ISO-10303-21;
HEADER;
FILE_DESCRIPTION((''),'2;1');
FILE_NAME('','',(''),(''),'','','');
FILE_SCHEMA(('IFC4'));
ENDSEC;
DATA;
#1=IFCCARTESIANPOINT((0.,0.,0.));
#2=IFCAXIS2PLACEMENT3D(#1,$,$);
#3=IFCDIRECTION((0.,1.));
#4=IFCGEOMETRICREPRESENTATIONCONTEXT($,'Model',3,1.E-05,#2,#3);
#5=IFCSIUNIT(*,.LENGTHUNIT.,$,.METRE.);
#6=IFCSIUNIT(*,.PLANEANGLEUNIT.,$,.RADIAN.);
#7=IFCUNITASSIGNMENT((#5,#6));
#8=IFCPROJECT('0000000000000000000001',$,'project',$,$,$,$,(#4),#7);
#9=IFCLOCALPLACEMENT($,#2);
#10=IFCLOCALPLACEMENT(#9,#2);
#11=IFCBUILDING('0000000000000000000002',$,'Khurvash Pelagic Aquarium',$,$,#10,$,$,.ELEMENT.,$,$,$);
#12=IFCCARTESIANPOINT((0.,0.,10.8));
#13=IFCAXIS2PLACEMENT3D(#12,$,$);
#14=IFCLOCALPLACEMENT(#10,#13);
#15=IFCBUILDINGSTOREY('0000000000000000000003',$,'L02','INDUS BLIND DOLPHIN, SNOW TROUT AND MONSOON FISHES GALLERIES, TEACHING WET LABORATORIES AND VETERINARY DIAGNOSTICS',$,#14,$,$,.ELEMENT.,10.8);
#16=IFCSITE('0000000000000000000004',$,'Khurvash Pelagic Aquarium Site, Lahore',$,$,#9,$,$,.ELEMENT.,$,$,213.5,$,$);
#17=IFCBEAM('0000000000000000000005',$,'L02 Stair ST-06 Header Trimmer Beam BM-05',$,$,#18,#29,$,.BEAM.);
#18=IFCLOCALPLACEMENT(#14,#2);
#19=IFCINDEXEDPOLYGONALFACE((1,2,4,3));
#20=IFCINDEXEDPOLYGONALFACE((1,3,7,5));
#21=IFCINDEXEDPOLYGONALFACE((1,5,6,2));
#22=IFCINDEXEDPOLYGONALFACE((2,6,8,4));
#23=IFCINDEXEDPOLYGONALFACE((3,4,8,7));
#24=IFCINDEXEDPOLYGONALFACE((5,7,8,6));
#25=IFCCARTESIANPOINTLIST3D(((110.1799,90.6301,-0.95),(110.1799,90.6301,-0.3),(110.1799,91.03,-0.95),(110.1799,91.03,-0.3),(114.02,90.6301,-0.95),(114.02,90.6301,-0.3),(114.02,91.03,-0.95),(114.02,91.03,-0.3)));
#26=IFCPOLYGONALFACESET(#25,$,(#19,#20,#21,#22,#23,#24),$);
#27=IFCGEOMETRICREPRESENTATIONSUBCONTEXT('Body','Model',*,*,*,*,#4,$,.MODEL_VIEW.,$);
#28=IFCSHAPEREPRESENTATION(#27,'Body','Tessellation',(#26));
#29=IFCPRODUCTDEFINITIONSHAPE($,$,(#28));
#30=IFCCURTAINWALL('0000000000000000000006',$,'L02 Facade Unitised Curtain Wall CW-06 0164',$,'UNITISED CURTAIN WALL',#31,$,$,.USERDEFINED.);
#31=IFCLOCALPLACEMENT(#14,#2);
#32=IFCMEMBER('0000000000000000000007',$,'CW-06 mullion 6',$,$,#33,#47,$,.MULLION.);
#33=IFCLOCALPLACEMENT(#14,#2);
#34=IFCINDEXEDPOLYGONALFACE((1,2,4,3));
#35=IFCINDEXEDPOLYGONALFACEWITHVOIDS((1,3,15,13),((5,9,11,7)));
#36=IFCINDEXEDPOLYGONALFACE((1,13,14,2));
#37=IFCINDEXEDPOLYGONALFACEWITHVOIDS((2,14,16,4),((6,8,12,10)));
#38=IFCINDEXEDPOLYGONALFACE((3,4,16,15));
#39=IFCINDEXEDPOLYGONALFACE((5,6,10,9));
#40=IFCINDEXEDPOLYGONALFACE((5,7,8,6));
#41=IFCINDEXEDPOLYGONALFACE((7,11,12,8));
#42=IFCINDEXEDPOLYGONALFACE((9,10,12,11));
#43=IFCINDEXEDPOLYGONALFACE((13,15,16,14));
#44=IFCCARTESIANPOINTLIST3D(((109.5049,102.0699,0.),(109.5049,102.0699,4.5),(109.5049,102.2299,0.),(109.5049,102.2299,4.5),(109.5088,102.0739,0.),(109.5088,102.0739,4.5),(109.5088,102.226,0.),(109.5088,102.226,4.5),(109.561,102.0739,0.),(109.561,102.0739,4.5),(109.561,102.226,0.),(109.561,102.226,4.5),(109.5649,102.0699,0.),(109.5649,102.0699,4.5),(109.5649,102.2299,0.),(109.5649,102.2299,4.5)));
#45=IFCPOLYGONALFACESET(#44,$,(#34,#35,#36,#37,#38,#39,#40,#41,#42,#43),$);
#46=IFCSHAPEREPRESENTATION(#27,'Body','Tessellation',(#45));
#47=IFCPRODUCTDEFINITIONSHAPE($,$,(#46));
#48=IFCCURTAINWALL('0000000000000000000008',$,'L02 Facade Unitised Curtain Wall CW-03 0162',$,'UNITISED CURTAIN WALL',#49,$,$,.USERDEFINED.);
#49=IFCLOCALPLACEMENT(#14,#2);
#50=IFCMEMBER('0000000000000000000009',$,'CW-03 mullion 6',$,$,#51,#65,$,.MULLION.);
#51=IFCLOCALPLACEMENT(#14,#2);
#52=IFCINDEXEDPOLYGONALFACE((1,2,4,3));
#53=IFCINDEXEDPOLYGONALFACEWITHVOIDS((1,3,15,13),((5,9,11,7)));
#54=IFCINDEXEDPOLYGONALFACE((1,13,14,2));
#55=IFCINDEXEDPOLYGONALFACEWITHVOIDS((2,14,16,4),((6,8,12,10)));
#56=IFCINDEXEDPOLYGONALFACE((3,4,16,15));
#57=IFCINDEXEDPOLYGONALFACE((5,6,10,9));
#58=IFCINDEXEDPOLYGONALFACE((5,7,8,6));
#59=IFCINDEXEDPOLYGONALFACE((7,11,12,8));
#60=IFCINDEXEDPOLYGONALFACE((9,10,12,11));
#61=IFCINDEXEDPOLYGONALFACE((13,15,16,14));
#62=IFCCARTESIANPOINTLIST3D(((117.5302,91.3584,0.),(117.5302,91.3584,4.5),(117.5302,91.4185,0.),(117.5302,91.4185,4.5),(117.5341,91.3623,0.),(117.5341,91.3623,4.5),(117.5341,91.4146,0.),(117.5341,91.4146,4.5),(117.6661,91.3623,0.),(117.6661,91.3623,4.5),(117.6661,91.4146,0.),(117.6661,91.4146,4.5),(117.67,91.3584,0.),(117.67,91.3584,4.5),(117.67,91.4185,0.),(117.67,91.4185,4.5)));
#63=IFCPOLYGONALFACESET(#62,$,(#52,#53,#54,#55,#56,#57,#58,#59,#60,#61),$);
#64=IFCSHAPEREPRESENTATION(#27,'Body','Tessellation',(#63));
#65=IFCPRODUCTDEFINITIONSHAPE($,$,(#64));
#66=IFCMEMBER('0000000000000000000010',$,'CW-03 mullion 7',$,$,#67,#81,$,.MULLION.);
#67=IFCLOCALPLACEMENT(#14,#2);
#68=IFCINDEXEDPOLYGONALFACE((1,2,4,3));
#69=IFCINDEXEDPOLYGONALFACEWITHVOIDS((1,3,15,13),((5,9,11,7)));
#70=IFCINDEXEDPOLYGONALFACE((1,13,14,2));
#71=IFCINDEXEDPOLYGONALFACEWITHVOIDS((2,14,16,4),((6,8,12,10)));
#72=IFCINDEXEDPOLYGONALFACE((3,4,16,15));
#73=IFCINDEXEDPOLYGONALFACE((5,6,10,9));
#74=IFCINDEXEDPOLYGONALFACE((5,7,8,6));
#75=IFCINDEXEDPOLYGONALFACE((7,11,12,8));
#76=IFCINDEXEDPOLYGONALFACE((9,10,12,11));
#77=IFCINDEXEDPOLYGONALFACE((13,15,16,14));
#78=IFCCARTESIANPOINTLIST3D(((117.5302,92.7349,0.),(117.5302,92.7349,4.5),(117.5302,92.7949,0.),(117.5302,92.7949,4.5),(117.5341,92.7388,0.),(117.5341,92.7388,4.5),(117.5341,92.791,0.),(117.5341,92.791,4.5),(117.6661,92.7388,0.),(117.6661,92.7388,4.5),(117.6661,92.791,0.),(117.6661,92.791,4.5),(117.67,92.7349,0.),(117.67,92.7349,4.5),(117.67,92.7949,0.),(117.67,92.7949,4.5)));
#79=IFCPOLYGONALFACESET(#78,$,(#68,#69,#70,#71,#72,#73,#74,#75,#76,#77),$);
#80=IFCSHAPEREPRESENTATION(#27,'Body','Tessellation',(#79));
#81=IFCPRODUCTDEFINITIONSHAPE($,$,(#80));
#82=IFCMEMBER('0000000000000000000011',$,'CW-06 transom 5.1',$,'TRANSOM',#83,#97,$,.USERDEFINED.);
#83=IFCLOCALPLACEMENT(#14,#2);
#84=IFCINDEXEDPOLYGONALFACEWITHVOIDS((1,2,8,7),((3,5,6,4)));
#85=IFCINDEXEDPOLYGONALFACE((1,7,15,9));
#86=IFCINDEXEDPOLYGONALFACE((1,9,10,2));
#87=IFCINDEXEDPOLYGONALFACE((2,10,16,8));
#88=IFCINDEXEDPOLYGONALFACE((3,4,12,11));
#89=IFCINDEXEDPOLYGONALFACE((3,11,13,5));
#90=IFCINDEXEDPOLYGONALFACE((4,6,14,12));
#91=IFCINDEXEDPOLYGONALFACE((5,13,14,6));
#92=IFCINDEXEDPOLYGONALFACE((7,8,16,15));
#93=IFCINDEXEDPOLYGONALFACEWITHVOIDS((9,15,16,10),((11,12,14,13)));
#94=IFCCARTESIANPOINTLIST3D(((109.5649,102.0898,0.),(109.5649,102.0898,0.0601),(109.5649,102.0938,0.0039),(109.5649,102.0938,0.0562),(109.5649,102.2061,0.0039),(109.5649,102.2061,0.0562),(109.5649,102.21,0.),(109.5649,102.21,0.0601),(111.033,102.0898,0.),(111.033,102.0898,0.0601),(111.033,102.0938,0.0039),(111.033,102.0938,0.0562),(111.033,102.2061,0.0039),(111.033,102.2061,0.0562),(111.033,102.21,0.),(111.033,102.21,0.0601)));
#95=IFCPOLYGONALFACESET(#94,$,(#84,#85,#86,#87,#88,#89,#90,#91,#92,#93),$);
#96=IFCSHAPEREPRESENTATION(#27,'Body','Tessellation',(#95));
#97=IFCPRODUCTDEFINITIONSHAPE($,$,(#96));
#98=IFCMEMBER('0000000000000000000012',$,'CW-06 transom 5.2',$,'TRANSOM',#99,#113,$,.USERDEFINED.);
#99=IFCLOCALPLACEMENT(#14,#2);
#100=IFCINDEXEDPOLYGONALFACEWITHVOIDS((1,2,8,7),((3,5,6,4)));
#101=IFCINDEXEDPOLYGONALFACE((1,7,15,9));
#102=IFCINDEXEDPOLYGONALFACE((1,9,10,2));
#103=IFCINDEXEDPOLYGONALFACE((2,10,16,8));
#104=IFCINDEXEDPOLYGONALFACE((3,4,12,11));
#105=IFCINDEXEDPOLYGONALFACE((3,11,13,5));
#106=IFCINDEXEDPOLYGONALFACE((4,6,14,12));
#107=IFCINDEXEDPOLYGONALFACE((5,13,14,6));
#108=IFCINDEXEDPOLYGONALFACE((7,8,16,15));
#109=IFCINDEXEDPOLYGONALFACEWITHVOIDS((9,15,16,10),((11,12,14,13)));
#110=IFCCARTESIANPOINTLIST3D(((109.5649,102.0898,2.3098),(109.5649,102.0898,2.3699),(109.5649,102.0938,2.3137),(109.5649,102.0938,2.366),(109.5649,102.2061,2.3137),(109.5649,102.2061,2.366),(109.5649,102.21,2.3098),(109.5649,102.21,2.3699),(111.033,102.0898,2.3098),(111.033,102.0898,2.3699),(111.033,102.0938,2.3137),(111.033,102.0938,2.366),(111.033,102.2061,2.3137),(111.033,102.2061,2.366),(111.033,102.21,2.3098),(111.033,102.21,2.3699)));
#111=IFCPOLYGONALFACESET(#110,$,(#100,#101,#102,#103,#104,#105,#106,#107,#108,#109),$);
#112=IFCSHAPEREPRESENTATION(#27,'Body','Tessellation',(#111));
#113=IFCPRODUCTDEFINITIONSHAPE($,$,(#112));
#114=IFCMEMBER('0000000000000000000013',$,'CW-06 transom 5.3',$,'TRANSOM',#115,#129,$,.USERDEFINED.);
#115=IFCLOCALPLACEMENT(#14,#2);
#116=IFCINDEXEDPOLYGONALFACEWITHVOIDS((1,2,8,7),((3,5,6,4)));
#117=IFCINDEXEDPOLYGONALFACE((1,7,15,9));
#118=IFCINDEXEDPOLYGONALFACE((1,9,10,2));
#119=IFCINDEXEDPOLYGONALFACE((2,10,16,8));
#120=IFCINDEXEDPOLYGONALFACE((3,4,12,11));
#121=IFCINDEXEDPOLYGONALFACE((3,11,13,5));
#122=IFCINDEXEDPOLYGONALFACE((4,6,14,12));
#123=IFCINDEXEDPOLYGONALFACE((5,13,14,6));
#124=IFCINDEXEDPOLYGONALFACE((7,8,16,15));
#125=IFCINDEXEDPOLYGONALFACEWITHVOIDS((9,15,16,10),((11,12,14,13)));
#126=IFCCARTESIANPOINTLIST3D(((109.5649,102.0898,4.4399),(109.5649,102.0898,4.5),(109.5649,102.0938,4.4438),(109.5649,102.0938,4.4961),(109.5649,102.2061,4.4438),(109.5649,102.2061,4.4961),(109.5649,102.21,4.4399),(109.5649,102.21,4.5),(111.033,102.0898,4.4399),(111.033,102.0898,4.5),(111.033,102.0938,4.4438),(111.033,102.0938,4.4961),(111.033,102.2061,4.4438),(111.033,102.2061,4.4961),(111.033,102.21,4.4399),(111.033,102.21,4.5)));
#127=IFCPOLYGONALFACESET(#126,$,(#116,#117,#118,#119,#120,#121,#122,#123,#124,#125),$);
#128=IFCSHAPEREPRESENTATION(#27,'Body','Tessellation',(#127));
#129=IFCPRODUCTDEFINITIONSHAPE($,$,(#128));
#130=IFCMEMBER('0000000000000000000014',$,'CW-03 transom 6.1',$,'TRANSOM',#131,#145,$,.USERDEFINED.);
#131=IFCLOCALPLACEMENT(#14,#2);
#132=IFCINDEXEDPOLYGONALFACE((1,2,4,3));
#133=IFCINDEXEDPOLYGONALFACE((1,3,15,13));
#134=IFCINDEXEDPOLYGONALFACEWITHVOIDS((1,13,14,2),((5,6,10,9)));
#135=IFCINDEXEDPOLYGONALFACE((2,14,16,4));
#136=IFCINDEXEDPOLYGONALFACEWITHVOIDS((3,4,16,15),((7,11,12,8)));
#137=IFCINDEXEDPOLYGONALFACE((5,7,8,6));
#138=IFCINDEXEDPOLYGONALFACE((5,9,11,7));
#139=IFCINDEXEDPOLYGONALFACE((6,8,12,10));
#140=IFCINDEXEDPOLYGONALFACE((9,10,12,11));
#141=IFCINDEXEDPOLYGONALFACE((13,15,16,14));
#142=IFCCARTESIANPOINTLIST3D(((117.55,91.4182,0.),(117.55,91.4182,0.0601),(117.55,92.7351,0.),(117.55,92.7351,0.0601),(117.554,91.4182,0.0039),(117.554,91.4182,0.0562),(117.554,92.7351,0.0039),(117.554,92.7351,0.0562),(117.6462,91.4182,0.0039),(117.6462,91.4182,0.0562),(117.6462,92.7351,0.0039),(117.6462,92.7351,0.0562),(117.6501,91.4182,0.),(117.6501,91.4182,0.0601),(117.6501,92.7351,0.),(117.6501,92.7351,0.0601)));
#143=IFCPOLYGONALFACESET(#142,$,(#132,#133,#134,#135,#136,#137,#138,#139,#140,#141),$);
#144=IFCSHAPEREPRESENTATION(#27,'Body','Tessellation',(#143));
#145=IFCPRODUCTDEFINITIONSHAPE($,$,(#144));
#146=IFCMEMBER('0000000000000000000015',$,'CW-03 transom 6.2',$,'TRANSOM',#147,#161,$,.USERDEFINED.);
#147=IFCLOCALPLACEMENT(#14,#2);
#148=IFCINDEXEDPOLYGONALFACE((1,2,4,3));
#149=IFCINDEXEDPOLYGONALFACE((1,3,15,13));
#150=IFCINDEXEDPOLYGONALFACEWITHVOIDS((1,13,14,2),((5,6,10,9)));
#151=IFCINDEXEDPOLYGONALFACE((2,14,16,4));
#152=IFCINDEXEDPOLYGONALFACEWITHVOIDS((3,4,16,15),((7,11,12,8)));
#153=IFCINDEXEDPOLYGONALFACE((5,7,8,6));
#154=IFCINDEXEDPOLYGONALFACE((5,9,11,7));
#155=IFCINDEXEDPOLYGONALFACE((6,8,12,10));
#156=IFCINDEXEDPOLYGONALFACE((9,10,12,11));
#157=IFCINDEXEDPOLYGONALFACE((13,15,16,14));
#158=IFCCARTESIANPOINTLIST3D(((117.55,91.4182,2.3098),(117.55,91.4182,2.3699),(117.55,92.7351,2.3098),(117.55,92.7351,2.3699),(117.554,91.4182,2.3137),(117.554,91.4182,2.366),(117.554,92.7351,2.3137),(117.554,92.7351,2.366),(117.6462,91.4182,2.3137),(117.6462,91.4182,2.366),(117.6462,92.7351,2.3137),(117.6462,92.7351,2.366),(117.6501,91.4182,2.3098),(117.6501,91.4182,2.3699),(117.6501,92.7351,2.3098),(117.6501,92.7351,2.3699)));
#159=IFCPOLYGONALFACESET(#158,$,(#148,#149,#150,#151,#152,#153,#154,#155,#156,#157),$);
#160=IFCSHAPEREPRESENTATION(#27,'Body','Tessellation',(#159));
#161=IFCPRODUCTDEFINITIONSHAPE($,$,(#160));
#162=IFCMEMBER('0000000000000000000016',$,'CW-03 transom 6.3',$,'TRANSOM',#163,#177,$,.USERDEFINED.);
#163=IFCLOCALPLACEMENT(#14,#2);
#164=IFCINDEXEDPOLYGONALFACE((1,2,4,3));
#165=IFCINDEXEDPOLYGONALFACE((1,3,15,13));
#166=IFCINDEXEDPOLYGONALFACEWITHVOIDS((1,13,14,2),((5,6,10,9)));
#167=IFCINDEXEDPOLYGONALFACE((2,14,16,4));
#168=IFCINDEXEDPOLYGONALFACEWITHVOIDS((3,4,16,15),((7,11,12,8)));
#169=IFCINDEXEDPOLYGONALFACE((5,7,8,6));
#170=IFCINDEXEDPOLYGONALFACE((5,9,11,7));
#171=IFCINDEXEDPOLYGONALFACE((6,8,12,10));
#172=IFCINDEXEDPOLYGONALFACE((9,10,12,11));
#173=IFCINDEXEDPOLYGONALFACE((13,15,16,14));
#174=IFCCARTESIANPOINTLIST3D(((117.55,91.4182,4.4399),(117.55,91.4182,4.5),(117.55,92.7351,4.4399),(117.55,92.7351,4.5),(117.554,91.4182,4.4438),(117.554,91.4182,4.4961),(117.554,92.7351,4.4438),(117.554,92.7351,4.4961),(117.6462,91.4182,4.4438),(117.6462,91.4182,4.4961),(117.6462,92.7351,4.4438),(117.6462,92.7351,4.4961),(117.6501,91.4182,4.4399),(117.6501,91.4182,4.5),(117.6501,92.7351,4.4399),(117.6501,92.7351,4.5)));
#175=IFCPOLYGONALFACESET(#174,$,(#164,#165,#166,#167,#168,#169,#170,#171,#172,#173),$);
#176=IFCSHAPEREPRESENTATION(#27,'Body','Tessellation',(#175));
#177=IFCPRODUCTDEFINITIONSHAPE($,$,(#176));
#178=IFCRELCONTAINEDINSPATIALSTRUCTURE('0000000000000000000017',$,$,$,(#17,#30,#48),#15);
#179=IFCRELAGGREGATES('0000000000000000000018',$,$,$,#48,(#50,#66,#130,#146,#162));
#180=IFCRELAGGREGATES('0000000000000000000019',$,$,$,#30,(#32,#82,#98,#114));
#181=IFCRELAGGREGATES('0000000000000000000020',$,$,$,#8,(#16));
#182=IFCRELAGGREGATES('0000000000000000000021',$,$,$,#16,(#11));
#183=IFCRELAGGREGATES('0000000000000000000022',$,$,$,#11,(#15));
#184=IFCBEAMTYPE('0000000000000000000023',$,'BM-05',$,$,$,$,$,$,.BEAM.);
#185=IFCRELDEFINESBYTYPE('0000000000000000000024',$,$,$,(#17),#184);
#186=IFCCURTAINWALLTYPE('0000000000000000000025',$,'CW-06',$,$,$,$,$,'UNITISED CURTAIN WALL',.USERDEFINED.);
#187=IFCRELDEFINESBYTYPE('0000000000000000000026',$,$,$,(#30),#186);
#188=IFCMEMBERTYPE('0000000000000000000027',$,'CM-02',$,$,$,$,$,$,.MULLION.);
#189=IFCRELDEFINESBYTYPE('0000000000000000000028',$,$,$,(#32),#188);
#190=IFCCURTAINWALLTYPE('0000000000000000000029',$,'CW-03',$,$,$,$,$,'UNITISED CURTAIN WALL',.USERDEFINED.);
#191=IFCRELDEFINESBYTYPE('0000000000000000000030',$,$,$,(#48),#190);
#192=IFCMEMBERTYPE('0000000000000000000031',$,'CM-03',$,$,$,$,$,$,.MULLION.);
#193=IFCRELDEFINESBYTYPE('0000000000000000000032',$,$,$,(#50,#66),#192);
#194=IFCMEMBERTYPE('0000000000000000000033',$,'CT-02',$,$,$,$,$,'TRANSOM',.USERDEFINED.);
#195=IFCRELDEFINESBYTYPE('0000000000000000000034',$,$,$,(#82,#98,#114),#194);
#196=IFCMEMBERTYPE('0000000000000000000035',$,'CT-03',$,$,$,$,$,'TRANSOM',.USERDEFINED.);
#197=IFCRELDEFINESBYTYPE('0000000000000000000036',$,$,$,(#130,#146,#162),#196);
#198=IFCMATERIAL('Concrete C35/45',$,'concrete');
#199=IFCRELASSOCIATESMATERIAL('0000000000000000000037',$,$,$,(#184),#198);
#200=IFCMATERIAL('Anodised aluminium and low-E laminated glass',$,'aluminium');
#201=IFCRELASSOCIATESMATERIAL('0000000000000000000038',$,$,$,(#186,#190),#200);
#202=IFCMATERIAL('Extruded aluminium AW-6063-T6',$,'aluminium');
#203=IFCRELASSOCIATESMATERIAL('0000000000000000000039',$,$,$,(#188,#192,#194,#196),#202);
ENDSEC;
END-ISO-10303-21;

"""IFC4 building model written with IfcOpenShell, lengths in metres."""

from ifc_helpers import new_model, si_unit, direction, frame, origin, origin_2d, place, context, subcontext, project, spatial, rectangle, hollow_rectangle, extrude, material, material_profile, profile_set, type_object, element, aggregate, save


model = new_model("IFC4")

# Units and contexts
model_context = context("Model", 3, precision=1e-05, world=origin(), true_north=direction((0.0, 1.0)))
body_context = subcontext(model_context, "Body", "Model", "MODEL_VIEW")
ifc_project = project(units=[si_unit("LENGTHUNIT", "METRE"), si_unit("PLANEANGLEUNIT", "RADIAN")], contexts=[model_context])

# Site, building, storey
site_placement = place(None, origin())
site = spatial("IfcSite", under=ifc_project, at=site_placement, Name="Khurvash Pelagic Aquarium Site, Lahore", CompositionType="ELEMENT", RefElevation=213.5)
building_placement = place(site_placement, origin())
building = spatial("IfcBuilding", under=site, at=building_placement, Name="Khurvash Pelagic Aquarium", CompositionType="ELEMENT")
storey_placement = place(building_placement, frame((0.0, 0.0, 10.8)))
storey = spatial("IfcBuildingStorey", under=building, at=storey_placement, Name="L02", Description="INDUS BLIND DOLPHIN, SNOW TROUT AND MONSOON FISHES GALLERIES, TEACHING WET LABORATORIES AND VETERINARY DIAGNOSTICS", CompositionType="ELEMENT", Elevation=10.8)

# Beam
ifc_material_1 = material(Name="Concrete C35/45", Category="concrete")
ifc_material_profile_1 = material_profile(ifc_material_1, rectangle(XDim=0.3999, YDim=0.6499, at=origin_2d()), Name="RC400X650")
ifc_profile_set_1 = profile_set([ifc_material_profile_1], Name="Concrete C35/45")
beam_type_1 = type_object("IfcBeamType", Name="BM-05", PredefinedType="BEAM", material=ifc_profile_set_1)
beam_1_placement = place(storey_placement, frame((110.1799, 90.8301, -0.625), z_axis=(1.0, 0.0, 0.0), x_axis=(0.0, 1.0, 0.0)))
element("IfcBeam", 1, at=beam_1_placement, inside=storey, type_object=beam_type_1, Name="L02 Stair ST-06 Header Trimmer Beam BM-05", PredefinedType="BEAM", context=body_context, shape_type="SweptSolid", body=[
    extrude(rectangle(XDim=0.3999, YDim=0.6499, at=origin_2d()), origin(), (0.0, 0.0, 1.0), 3.8401),
])

# Curtain wall, member
ifc_material_2 = material(Name="Anodised aluminium and low-E laminated glass", Category="aluminium")
curtain_wall_type_1 = type_object("IfcCurtainWallType", Name="CW-06", ElementType="UNITISED CURTAIN WALL", PredefinedType="USERDEFINED", material=ifc_material_2)
curtain_wall_1_placement = place(storey_placement, origin())
curtain_wall_1 = element("IfcCurtainWall", 2, at=curtain_wall_1_placement, inside=storey, type_object=curtain_wall_type_1, Name="L02 Facade Unitised Curtain Wall CW-06 0164", ObjectType="UNITISED CURTAIN WALL", PredefinedType="USERDEFINED")
ifc_material_3 = material(Name="Extruded aluminium AW-6063-T6", Category="aluminium")
ifc_material_profile_2 = material_profile(ifc_material_3, hollow_rectangle(XDim=0.0601, YDim=0.1599, WallThickness=0.0039, at=origin_2d()), Name="CWM60X160X4")
ifc_profile_set_2 = profile_set([ifc_material_profile_2], Name="Extruded aluminium AW-6063-T6")
member_type_1 = type_object("IfcMemberType", Name="CM-02", PredefinedType="MULLION", material=ifc_profile_set_2)
member_1_placement = place(storey_placement, frame((109.5349, 102.1499, 0.0), z_axis=(0.0, 0.0, 1.0), x_axis=(-1.0, 0.0, 0.0)))
member_1 = element("IfcMember", 3, at=member_1_placement, type_object=member_type_1, Name="CW-06 mullion 6", PredefinedType="MULLION", context=body_context, shape_type="SweptSolid", body=[
    extrude(hollow_rectangle(XDim=0.0601, YDim=0.1599, WallThickness=0.0039, at=origin_2d()), origin(), (0.0, 0.0, 1.0), 4.5),
])

# Curtain wall, members
curtain_wall_type_2 = type_object("IfcCurtainWallType", Name="CW-03", ElementType="UNITISED CURTAIN WALL", PredefinedType="USERDEFINED", material=ifc_material_2)
curtain_wall_2_placement = place(storey_placement, origin())
curtain_wall_2 = element("IfcCurtainWall", 4, at=curtain_wall_2_placement, inside=storey, type_object=curtain_wall_type_2, Name="L02 Facade Unitised Curtain Wall CW-03 0162", ObjectType="UNITISED CURTAIN WALL", PredefinedType="USERDEFINED")
ifc_material_profile_3 = material_profile(ifc_material_3, hollow_rectangle(XDim=0.0601, YDim=0.1399, WallThickness=0.0039, at=origin_2d()), Name="CWM60X140X4")
ifc_profile_set_3 = profile_set([ifc_material_profile_3], Name="Extruded aluminium AW-6063-T6")
member_type_2 = type_object("IfcMemberType", Name="CM-03", PredefinedType="MULLION", material=ifc_profile_set_3)
member_2_placement = place(storey_placement, frame((117.6001, 91.3884, 0.0), z_axis=(0.0, 0.0, 1.0), x_axis=(0.0, 1.0, 0.0)))
member_2 = element("IfcMember", 5, at=member_2_placement, type_object=member_type_2, Name="CW-03 mullion 6", PredefinedType="MULLION", context=body_context, shape_type="SweptSolid", body=[
    extrude(hollow_rectangle(XDim=0.0601, YDim=0.1399, WallThickness=0.0039, at=origin_2d()), origin(), (0.0, 0.0, 1.0), 4.5),
])
member_3_placement = place(storey_placement, frame((117.6001, 92.7649, 0.0), z_axis=(0.0, 0.0, 1.0), x_axis=(0.0, 1.0, 0.0)))
member_3 = element("IfcMember", 6, at=member_3_placement, type_object=member_type_2, Name="CW-03 mullion 7", PredefinedType="MULLION", context=body_context, shape_type="SweptSolid", body=[
    extrude(hollow_rectangle(XDim=0.0601, YDim=0.1399, WallThickness=0.0039, at=origin_2d()), origin(), (0.0, 0.0, 1.0), 4.5),
])

# Members
ifc_material_profile_4 = material_profile(ifc_material_3, hollow_rectangle(XDim=0.1201, YDim=0.0601, WallThickness=0.0039, at=origin_2d()), Name="CWT120X60X4")
ifc_profile_set_4 = profile_set([ifc_material_profile_4], Name="Extruded aluminium AW-6063-T6")
member_type_3 = type_object("IfcMemberType", Name="CT-02", ElementType="TRANSOM", PredefinedType="USERDEFINED", material=ifc_profile_set_4)
member_4_placement = place(storey_placement, frame((111.033, 102.1499, 0.03), z_axis=(-1.0, 0.0, 0.0), x_axis=(0.0, -1.0, 0.0)))
member_4 = element("IfcMember", 7, at=member_4_placement, type_object=member_type_3, Name="CW-06 transom 5.1", ObjectType="TRANSOM", PredefinedType="USERDEFINED", context=body_context, shape_type="SweptSolid", body=[
    extrude(hollow_rectangle(XDim=0.1201, YDim=0.0601, WallThickness=0.0039, at=origin_2d()), origin(), (0.0, 0.0, 1.0), 1.468),
])
member_5_placement = place(storey_placement, frame((111.033, 102.1499, 2.3398), z_axis=(-1.0, 0.0, 0.0), x_axis=(0.0, -1.0, 0.0)))
member_5 = element("IfcMember", 8, at=member_5_placement, type_object=member_type_3, Name="CW-06 transom 5.2", ObjectType="TRANSOM", PredefinedType="USERDEFINED", context=body_context, shape_type="SweptSolid", body=[
    extrude(hollow_rectangle(XDim=0.1201, YDim=0.0601, WallThickness=0.0039, at=origin_2d()), origin(), (0.0, 0.0, 1.0), 1.468),
])
member_6_placement = place(storey_placement, frame((111.033, 102.1499, 4.47), z_axis=(-1.0, 0.0, 0.0), x_axis=(0.0, -1.0, 0.0)))
member_6 = element("IfcMember", 9, at=member_6_placement, type_object=member_type_3, Name="CW-06 transom 5.3", ObjectType="TRANSOM", PredefinedType="USERDEFINED", context=body_context, shape_type="SweptSolid", body=[
    extrude(hollow_rectangle(XDim=0.1201, YDim=0.0601, WallThickness=0.0039, at=origin_2d()), origin(), (0.0, 0.0, 1.0), 1.468),
])
ifc_material_profile_5 = material_profile(ifc_material_3, hollow_rectangle(XDim=0.1001, YDim=0.0601, WallThickness=0.0039, at=origin_2d()), Name="CWT100X60X4")
ifc_profile_set_5 = profile_set([ifc_material_profile_5], Name="Extruded aluminium AW-6063-T6")
member_type_4 = type_object("IfcMemberType", Name="CT-03", ElementType="TRANSOM", PredefinedType="USERDEFINED", material=ifc_profile_set_5)
member_7_placement = place(storey_placement, frame((117.6001, 91.4182, 0.03), z_axis=(0.0, 1.0, 0.0), x_axis=(-1.0, 0.0, 0.0)))
member_7 = element("IfcMember", 10, at=member_7_placement, type_object=member_type_4, Name="CW-03 transom 6.1", ObjectType="TRANSOM", PredefinedType="USERDEFINED", context=body_context, shape_type="SweptSolid", body=[
    extrude(hollow_rectangle(XDim=0.1001, YDim=0.0601, WallThickness=0.0039, at=origin_2d()), origin(), (0.0, 0.0, 1.0), 1.3169),
])
member_8_placement = place(storey_placement, frame((117.6001, 91.4182, 2.3398), z_axis=(0.0, 1.0, 0.0), x_axis=(-1.0, 0.0, 0.0)))
member_8 = element("IfcMember", 11, at=member_8_placement, type_object=member_type_4, Name="CW-03 transom 6.2", ObjectType="TRANSOM", PredefinedType="USERDEFINED", context=body_context, shape_type="SweptSolid", body=[
    extrude(hollow_rectangle(XDim=0.1001, YDim=0.0601, WallThickness=0.0039, at=origin_2d()), origin(), (0.0, 0.0, 1.0), 1.3169),
])
member_9_placement = place(storey_placement, frame((117.6001, 91.4182, 4.47), z_axis=(0.0, 1.0, 0.0), x_axis=(-1.0, 0.0, 0.0)))
member_9 = element("IfcMember", 12, at=member_9_placement, type_object=member_type_4, Name="CW-03 transom 6.3", ObjectType="TRANSOM", PredefinedType="USERDEFINED", context=body_context, shape_type="SweptSolid", body=[
    extrude(hollow_rectangle(XDim=0.1001, YDim=0.0601, WallThickness=0.0039, at=origin_2d()), origin(), (0.0, 0.0, 1.0), 1.3169),
])

aggregate(curtain_wall_2, [member_2, member_3, member_7, member_8, member_9])
aggregate(curtain_wall_1, [member_1, member_4, member_5, member_6])

save(model, "model.ifc")
